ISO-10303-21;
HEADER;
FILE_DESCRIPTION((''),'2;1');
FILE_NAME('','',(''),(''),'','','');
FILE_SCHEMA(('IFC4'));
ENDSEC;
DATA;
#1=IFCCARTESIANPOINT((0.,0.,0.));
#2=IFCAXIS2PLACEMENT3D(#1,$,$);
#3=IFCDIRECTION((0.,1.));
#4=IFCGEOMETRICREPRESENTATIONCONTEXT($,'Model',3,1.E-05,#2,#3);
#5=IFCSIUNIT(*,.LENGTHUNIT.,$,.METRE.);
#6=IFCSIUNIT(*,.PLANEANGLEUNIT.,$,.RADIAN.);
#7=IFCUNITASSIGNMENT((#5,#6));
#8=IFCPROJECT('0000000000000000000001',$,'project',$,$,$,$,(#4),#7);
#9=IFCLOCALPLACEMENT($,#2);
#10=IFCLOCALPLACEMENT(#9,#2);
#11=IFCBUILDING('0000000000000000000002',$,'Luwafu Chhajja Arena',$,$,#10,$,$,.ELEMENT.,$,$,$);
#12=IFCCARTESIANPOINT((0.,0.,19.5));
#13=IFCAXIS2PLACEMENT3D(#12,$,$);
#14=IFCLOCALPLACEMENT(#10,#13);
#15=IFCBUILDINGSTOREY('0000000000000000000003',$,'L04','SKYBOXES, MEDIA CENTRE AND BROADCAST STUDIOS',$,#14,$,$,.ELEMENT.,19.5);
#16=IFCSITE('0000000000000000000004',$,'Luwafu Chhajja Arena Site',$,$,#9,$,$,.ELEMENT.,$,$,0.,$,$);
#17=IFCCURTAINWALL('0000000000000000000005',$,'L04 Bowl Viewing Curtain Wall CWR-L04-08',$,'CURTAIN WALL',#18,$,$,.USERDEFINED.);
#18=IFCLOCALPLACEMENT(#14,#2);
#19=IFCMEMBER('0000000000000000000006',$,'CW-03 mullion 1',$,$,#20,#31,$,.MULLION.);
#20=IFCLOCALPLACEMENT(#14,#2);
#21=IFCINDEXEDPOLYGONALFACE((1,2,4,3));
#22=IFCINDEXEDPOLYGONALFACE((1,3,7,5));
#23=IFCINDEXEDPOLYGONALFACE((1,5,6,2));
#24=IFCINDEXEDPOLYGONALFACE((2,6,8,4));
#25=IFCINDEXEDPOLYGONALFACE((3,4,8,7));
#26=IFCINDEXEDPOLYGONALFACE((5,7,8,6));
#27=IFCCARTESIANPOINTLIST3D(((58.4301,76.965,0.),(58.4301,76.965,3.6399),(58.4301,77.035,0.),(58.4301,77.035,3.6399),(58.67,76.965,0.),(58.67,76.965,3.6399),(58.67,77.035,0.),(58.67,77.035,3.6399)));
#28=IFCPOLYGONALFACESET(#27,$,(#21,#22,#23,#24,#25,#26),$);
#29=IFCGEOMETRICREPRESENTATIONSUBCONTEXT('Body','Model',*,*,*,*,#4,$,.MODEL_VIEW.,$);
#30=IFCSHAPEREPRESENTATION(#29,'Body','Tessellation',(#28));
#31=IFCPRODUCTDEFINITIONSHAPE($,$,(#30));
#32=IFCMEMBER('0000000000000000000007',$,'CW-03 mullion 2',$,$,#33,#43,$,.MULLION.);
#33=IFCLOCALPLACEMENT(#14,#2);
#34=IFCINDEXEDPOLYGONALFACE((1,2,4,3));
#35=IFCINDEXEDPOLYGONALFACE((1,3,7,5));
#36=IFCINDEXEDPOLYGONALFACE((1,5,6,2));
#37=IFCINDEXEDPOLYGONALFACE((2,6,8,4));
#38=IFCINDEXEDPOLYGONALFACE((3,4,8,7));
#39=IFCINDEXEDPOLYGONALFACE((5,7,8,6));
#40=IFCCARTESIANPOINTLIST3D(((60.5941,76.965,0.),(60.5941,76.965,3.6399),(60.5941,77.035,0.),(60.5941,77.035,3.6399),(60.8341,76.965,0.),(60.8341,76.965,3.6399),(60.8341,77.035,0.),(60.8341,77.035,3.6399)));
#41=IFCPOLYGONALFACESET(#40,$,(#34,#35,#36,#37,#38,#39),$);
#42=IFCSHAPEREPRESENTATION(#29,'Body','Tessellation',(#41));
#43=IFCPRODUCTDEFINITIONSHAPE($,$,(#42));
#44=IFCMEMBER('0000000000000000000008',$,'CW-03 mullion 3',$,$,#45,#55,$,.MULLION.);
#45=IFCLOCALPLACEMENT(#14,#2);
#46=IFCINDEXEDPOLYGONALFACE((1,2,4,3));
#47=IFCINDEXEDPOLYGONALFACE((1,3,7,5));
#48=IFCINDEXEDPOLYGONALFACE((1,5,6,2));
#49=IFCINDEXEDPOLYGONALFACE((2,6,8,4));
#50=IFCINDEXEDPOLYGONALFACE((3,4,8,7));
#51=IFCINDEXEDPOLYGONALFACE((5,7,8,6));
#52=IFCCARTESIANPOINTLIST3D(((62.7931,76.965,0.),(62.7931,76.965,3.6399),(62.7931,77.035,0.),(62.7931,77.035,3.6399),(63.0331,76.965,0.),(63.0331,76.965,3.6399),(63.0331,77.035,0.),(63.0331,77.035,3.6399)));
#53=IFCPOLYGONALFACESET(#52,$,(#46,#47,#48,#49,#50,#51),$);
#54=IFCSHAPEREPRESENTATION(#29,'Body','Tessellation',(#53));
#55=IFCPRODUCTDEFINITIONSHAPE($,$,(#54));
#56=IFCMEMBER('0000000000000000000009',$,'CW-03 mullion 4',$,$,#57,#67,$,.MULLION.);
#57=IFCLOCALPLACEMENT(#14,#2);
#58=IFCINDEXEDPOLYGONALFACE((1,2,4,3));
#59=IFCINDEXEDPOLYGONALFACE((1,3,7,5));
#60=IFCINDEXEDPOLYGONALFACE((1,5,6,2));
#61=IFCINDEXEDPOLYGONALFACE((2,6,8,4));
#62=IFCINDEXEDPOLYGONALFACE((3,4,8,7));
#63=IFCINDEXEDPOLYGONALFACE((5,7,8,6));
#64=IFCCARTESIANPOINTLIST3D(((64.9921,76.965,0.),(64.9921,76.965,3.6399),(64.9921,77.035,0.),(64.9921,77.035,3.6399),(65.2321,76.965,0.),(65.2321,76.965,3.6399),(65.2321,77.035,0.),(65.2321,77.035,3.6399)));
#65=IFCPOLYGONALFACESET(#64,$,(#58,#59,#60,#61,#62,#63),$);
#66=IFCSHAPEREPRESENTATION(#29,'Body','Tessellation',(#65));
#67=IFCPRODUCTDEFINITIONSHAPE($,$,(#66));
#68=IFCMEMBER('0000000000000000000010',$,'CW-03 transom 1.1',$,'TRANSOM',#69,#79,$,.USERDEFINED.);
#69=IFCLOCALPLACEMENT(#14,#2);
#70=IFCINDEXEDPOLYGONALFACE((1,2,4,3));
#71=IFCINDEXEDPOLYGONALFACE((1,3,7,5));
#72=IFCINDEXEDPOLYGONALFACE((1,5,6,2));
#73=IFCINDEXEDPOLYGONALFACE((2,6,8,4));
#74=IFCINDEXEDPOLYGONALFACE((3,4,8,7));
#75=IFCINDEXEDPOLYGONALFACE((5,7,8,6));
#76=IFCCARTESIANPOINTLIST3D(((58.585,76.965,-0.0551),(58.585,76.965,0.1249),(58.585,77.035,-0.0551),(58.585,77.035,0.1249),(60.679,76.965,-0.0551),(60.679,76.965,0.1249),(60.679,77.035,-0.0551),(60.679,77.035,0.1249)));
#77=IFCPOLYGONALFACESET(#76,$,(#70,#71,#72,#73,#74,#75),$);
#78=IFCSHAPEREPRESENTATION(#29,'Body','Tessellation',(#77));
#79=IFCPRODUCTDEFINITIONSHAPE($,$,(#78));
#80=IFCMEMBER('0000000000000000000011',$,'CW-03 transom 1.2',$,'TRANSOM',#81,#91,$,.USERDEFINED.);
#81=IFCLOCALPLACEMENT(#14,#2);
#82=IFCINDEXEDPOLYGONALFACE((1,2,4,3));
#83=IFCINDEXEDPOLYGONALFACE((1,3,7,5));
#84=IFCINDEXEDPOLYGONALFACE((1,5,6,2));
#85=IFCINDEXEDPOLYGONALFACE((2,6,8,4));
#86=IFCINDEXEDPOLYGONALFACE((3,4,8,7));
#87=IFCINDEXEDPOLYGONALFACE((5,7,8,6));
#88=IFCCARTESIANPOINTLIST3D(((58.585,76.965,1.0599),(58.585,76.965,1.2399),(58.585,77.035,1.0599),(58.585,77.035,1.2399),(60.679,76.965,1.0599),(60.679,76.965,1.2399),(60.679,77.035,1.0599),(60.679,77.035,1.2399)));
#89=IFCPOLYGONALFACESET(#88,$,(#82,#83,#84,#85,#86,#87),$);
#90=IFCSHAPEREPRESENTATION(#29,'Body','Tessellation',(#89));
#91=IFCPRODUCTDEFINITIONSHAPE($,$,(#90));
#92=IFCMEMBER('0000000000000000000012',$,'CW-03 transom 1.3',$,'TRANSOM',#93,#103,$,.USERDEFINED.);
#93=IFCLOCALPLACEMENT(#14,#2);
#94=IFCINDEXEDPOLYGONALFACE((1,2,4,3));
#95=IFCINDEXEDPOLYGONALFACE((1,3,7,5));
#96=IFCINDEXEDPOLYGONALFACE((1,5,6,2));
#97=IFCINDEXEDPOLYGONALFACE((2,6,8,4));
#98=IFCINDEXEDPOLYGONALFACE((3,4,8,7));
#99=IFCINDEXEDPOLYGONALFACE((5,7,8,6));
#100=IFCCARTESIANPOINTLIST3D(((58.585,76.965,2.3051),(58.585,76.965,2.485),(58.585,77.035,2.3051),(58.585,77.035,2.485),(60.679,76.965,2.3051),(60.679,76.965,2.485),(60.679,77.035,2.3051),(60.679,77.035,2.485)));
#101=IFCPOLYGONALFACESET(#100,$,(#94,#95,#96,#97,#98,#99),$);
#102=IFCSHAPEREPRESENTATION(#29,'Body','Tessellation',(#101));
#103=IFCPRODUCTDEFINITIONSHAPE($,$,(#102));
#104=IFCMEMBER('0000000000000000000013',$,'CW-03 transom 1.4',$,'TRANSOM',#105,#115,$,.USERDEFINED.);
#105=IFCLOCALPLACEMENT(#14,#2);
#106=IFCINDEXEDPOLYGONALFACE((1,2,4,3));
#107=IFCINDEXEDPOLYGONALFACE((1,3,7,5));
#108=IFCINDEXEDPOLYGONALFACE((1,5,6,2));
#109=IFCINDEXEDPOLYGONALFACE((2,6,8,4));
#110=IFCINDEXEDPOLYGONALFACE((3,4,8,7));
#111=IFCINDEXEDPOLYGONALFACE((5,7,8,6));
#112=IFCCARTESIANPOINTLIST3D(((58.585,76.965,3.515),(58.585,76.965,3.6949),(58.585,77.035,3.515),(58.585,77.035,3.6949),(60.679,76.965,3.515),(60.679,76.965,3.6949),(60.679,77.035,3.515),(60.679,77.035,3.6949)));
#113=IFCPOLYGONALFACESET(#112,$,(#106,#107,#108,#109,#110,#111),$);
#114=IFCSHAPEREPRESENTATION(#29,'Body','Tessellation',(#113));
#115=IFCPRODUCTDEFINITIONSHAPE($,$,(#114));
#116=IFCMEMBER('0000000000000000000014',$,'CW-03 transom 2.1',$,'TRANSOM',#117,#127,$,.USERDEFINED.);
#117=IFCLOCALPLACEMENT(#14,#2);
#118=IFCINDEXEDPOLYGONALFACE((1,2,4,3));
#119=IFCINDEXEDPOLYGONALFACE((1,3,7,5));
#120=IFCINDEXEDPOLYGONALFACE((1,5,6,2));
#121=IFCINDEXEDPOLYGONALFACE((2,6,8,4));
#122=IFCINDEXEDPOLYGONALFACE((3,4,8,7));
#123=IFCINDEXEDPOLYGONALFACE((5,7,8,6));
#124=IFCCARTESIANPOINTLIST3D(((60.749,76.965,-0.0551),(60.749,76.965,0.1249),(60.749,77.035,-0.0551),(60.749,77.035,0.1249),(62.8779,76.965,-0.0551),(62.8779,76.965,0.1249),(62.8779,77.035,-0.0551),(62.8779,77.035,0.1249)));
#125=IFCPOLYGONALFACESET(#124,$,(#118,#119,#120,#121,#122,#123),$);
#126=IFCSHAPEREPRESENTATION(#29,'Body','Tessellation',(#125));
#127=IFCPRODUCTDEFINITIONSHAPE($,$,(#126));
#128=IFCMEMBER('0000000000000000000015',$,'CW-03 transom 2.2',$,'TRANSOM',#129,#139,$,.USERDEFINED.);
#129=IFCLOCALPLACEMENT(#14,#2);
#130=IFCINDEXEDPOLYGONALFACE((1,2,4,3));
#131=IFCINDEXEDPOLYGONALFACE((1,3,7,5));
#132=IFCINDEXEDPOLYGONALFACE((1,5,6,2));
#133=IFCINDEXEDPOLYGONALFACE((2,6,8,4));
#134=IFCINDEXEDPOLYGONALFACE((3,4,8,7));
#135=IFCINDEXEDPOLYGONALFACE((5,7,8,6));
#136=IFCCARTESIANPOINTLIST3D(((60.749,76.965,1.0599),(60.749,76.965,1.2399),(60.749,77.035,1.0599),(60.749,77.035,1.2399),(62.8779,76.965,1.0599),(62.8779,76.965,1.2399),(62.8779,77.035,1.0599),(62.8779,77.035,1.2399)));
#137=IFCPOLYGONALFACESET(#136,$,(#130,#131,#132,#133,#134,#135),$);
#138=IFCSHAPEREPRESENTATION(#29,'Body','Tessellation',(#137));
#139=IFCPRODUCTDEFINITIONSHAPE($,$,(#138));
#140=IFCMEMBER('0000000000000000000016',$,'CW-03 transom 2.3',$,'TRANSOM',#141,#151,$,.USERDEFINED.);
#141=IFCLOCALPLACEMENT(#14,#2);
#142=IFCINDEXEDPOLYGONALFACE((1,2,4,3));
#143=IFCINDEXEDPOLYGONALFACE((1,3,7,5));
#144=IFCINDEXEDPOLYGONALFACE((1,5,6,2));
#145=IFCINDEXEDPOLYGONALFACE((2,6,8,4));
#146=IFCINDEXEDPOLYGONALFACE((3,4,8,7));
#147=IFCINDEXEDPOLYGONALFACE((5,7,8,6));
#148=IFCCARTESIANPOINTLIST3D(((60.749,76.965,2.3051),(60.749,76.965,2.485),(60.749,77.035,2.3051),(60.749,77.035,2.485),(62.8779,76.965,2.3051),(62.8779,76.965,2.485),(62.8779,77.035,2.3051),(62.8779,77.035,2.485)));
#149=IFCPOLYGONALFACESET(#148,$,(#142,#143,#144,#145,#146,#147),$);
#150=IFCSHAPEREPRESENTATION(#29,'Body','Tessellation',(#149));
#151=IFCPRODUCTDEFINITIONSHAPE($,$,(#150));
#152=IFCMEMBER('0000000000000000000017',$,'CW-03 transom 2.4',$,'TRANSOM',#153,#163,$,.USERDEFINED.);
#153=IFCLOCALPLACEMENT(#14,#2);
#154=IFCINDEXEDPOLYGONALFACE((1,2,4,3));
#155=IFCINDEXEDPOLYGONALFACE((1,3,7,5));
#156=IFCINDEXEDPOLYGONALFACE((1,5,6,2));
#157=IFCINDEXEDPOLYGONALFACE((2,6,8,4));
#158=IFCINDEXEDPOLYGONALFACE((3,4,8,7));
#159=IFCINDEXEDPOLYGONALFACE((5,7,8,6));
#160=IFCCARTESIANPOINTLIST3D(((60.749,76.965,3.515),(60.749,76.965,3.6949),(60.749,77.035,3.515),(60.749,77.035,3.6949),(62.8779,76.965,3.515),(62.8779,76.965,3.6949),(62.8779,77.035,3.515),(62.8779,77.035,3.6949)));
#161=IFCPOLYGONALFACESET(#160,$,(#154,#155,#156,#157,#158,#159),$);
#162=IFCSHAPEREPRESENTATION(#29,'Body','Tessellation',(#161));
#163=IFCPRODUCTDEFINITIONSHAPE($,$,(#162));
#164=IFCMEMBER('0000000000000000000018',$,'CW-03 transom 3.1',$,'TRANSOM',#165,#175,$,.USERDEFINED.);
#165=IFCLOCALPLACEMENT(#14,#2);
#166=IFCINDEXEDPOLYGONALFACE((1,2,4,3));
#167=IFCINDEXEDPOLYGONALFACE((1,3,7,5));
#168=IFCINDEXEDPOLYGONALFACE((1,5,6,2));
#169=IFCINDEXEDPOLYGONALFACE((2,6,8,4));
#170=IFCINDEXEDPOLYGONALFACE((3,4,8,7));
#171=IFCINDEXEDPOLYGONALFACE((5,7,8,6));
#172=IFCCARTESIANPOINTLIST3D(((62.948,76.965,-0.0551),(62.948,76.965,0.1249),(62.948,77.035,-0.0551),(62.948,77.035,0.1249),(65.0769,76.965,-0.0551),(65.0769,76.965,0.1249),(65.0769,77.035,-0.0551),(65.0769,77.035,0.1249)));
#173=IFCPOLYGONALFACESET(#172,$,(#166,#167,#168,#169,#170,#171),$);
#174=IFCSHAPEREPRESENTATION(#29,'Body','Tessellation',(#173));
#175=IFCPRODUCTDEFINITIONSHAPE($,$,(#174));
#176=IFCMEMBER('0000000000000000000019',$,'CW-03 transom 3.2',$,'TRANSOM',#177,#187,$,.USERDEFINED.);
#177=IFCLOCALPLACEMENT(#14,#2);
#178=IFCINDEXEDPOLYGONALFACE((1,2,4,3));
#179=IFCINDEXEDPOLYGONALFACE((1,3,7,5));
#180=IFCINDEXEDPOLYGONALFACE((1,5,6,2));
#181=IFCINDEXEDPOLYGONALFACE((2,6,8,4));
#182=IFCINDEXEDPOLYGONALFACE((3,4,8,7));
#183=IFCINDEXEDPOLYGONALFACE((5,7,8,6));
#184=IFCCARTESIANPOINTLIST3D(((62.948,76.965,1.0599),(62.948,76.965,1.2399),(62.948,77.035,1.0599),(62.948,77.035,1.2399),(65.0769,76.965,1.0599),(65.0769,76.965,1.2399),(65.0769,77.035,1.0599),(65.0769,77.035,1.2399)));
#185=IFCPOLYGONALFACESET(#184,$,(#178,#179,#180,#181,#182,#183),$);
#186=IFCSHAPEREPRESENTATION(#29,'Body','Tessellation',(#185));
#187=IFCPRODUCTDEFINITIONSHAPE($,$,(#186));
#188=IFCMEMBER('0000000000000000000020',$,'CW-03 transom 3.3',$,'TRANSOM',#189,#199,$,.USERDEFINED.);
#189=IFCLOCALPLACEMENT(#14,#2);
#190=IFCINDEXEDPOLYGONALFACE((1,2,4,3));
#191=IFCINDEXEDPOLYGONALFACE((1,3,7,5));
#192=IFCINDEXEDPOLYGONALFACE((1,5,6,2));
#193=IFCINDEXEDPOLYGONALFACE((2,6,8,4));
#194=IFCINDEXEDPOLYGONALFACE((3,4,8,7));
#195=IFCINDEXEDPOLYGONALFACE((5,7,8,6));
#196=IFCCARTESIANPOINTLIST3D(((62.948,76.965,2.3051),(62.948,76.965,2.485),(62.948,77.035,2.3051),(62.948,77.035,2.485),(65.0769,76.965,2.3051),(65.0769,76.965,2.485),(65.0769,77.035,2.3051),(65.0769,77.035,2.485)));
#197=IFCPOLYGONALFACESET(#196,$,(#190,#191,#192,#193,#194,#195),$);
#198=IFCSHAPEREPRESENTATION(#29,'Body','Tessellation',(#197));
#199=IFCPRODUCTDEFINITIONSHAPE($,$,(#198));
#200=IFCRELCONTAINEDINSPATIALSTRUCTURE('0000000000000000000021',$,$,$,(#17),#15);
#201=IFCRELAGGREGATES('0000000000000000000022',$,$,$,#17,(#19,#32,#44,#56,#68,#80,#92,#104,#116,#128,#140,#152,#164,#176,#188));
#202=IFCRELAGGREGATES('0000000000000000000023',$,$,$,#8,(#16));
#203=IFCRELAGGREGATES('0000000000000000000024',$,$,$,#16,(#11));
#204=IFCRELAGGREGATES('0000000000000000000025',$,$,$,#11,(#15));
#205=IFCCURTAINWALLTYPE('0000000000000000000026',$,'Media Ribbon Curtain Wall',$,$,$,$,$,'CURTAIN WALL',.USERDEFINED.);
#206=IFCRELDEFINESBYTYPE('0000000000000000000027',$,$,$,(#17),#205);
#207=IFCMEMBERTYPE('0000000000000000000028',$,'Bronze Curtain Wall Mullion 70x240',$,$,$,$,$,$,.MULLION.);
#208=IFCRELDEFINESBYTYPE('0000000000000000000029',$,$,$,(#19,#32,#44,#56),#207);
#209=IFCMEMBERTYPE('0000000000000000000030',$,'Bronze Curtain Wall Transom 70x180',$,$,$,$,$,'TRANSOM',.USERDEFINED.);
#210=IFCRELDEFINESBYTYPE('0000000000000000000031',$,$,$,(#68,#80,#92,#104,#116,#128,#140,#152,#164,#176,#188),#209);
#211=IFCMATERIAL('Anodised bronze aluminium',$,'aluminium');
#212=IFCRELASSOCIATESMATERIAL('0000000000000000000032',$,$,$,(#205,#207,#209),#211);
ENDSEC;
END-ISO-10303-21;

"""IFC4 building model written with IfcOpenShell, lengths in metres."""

from ifc_helpers import new_model, si_unit, direction, frame, origin, origin_2d, place, context, subcontext, project, spatial, rectangle, extrude, material, material_profile, profile_set, type_object, element, aggregate, save


model = new_model("IFC4")

# Units and contexts
model_context = context("Model", 3, precision=1e-05, world=origin(), true_north=direction((0.0, 1.0)))
body_context = subcontext(model_context, "Body", "Model", "MODEL_VIEW")
ifc_project = project(units=[si_unit("LENGTHUNIT", "METRE"), si_unit("PLANEANGLEUNIT", "RADIAN")], contexts=[model_context])

# Site, building, storey
site_placement = place(None, origin())
site = spatial("IfcSite", under=ifc_project, at=site_placement, Name="Luwafu Chhajja Arena Site", CompositionType="ELEMENT", RefElevation=0.0)
building_placement = place(site_placement, origin())
building = spatial("IfcBuilding", under=site, at=building_placement, Name="Luwafu Chhajja Arena", CompositionType="ELEMENT")
storey_placement = place(building_placement, frame((0.0, 0.0, 19.5)))
storey = spatial("IfcBuildingStorey", under=building, at=storey_placement, Name="L04", Description="SKYBOXES, MEDIA CENTRE AND BROADCAST STUDIOS", CompositionType="ELEMENT", Elevation=19.5)

# Curtain wall, members
ifc_material_1 = material(Name="Anodised bronze aluminium", Category="aluminium")
curtain_wall_type = type_object("IfcCurtainWallType", Name="Media Ribbon Curtain Wall", ElementType="CURTAIN WALL", PredefinedType="USERDEFINED", material=ifc_material_1)
curtain_wall_placement = place(storey_placement, origin())
curtain_wall = element("IfcCurtainWall", 1, at=curtain_wall_placement, inside=storey, type_object=curtain_wall_type, Name="L04 Bowl Viewing Curtain Wall CWR-L04-08", ObjectType="CURTAIN WALL", PredefinedType="USERDEFINED")
ifc_material_profile_1 = material_profile(ifc_material_1, rectangle(XDim=0.0701, YDim=0.24, at=origin_2d()), Name="CWM 70x240")
ifc_profile_set_1 = profile_set([ifc_material_profile_1], Name="Anodised bronze aluminium")
member_type_1 = type_object("IfcMemberType", Name="Bronze Curtain Wall Mullion 70x240", PredefinedType="MULLION", material=ifc_profile_set_1)
member_1_placement = place(storey_placement, frame((58.55, 77.0, 0.0), z_axis=(0.0, 0.0, 1.0), x_axis=(0.0, 1.0, 0.0)))
member_1 = element("IfcMember", 2, at=member_1_placement, type_object=member_type_1, Name="CW-03 mullion 1", PredefinedType="MULLION", context=body_context, shape_type="SweptSolid", body=[
    extrude(rectangle(XDim=0.0701, YDim=0.24, at=origin_2d()), origin(), (0.0, 0.0, 1.0), 3.6399),
])
member_2_placement = place(storey_placement, frame((60.7141, 77.0, 0.0), z_axis=(0.0, 0.0, 1.0), x_axis=(0.0, 1.0, 0.0)))
member_2 = element("IfcMember", 3, at=member_2_placement, type_object=member_type_1, Name="CW-03 mullion 2", PredefinedType="MULLION", context=body_context, shape_type="SweptSolid", body=[
    extrude(rectangle(XDim=0.0701, YDim=0.24, at=origin_2d()), origin(), (0.0, 0.0, 1.0), 3.6399),
])
member_3_placement = place(storey_placement, frame((62.9131, 77.0, 0.0), z_axis=(0.0, 0.0, 1.0), x_axis=(0.0, 1.0, 0.0)))
member_3 = element("IfcMember", 4, at=member_3_placement, type_object=member_type_1, Name="CW-03 mullion 3", PredefinedType="MULLION", context=body_context, shape_type="SweptSolid", body=[
    extrude(rectangle(XDim=0.0701, YDim=0.24, at=origin_2d()), origin(), (0.0, 0.0, 1.0), 3.6399),
])
member_4_placement = place(storey_placement, frame((65.1121, 77.0, 0.0), z_axis=(0.0, 0.0, 1.0), x_axis=(0.0, 1.0, 0.0)))
member_4 = element("IfcMember", 5, at=member_4_placement, type_object=member_type_1, Name="CW-03 mullion 4", PredefinedType="MULLION", context=body_context, shape_type="SweptSolid", body=[
    extrude(rectangle(XDim=0.0701, YDim=0.24, at=origin_2d()), origin(), (0.0, 0.0, 1.0), 3.6399),
])
ifc_material_profile_2 = material_profile(ifc_material_1, rectangle(XDim=0.0701, YDim=0.1799, at=origin_2d()), Name="CWT 70x180")
ifc_profile_set_2 = profile_set([ifc_material_profile_2], Name="Anodised bronze aluminium")
member_type_2 = type_object("IfcMemberType", Name="Bronze Curtain Wall Transom 70x180", ElementType="TRANSOM", PredefinedType="USERDEFINED", material=ifc_profile_set_2)
member_5_placement = place(storey_placement, frame((58.585, 77.0, 0.0349), z_axis=(1.0, 0.0, 0.0), x_axis=(0.0, 1.0, 0.0)))
member_5 = element("IfcMember", 6, at=member_5_placement, type_object=member_type_2, Name="CW-03 transom 1.1", ObjectType="TRANSOM", PredefinedType="USERDEFINED", context=body_context, shape_type="SweptSolid", body=[
    extrude(rectangle(XDim=0.0701, YDim=0.1799, at=origin_2d()), origin(), (0.0, 0.0, 1.0), 2.094),
])
member_6_placement = place(storey_placement, frame((58.585, 77.0, 1.1499), z_axis=(1.0, 0.0, 0.0), x_axis=(0.0, 1.0, 0.0)))
member_6 = element("IfcMember", 7, at=member_6_placement, type_object=member_type_2, Name="CW-03 transom 1.2", ObjectType="TRANSOM", PredefinedType="USERDEFINED", context=body_context, shape_type="SweptSolid", body=[
    extrude(rectangle(XDim=0.0701, YDim=0.1799, at=origin_2d()), origin(), (0.0, 0.0, 1.0), 2.094),
])
member_7_placement = place(storey_placement, frame((58.585, 77.0, 2.395), z_axis=(1.0, 0.0, 0.0), x_axis=(0.0, 1.0, 0.0)))
member_7 = element("IfcMember", 8, at=member_7_placement, type_object=member_type_2, Name="CW-03 transom 1.3", ObjectType="TRANSOM", PredefinedType="USERDEFINED", context=body_context, shape_type="SweptSolid", body=[
    extrude(rectangle(XDim=0.0701, YDim=0.1799, at=origin_2d()), origin(), (0.0, 0.0, 1.0), 2.094),
])
member_8_placement = place(storey_placement, frame((58.585, 77.0, 3.605), z_axis=(1.0, 0.0, 0.0), x_axis=(0.0, 1.0, 0.0)))
member_8 = element("IfcMember", 9, at=member_8_placement, type_object=member_type_2, Name="CW-03 transom 1.4", ObjectType="TRANSOM", PredefinedType="USERDEFINED", context=body_context, shape_type="SweptSolid", body=[
    extrude(rectangle(XDim=0.0701, YDim=0.1799, at=origin_2d()), origin(), (0.0, 0.0, 1.0), 2.094),
])
member_9_placement = place(storey_placement, frame((60.749, 77.0, 0.0349), z_axis=(1.0, 0.0, 0.0), x_axis=(0.0, 1.0, 0.0)))
member_9 = element("IfcMember", 10, at=member_9_placement, type_object=member_type_2, Name="CW-03 transom 2.1", ObjectType="TRANSOM", PredefinedType="USERDEFINED", context=body_context, shape_type="SweptSolid", body=[
    extrude(rectangle(XDim=0.0701, YDim=0.1799, at=origin_2d()), origin(), (0.0, 0.0, 1.0), 2.1289),
])
member_10_placement = place(storey_placement, frame((60.749, 77.0, 1.1499), z_axis=(1.0, 0.0, 0.0), x_axis=(0.0, 1.0, 0.0)))
member_10 = element("IfcMember", 11, at=member_10_placement, type_object=member_type_2, Name="CW-03 transom 2.2", ObjectType="TRANSOM", PredefinedType="USERDEFINED", context=body_context, shape_type="SweptSolid", body=[
    extrude(rectangle(XDim=0.0701, YDim=0.1799, at=origin_2d()), origin(), (0.0, 0.0, 1.0), 2.1289),
])
member_11_placement = place(storey_placement, frame((60.749, 77.0, 2.395), z_axis=(1.0, 0.0, 0.0), x_axis=(0.0, 1.0, 0.0)))
member_11 = element("IfcMember", 12, at=member_11_placement, type_object=member_type_2, Name="CW-03 transom 2.3", ObjectType="TRANSOM", PredefinedType="USERDEFINED", context=body_context, shape_type="SweptSolid", body=[
    extrude(rectangle(XDim=0.0701, YDim=0.1799, at=origin_2d()), origin(), (0.0, 0.0, 1.0), 2.1289),
])
member_12_placement = place(storey_placement, frame((60.749, 77.0, 3.605), z_axis=(1.0, 0.0, 0.0), x_axis=(0.0, 1.0, 0.0)))
member_12 = element("IfcMember", 13, at=member_12_placement, type_object=member_type_2, Name="CW-03 transom 2.4", ObjectType="TRANSOM", PredefinedType="USERDEFINED", context=body_context, shape_type="SweptSolid", body=[
    extrude(rectangle(XDim=0.0701, YDim=0.1799, at=origin_2d()), origin(), (0.0, 0.0, 1.0), 2.1289),
])
member_13_placement = place(storey_placement, frame((62.948, 77.0, 0.0349), z_axis=(1.0, 0.0, 0.0), x_axis=(0.0, 1.0, 0.0)))
member_13 = element("IfcMember", 14, at=member_13_placement, type_object=member_type_2, Name="CW-03 transom 3.1", ObjectType="TRANSOM", PredefinedType="USERDEFINED", context=body_context, shape_type="SweptSolid", body=[
    extrude(rectangle(XDim=0.0701, YDim=0.1799, at=origin_2d()), origin(), (0.0, 0.0, 1.0), 2.1289),
])
member_14_placement = place(storey_placement, frame((62.948, 77.0, 1.1499), z_axis=(1.0, 0.0, 0.0), x_axis=(0.0, 1.0, 0.0)))
member_14 = element("IfcMember", 15, at=member_14_placement, type_object=member_type_2, Name="CW-03 transom 3.2", ObjectType="TRANSOM", PredefinedType="USERDEFINED", context=body_context, shape_type="SweptSolid", body=[
    extrude(rectangle(XDim=0.0701, YDim=0.1799, at=origin_2d()), origin(), (0.0, 0.0, 1.0), 2.1289),
])
member_15_placement = place(storey_placement, frame((62.948, 77.0, 2.395), z_axis=(1.0, 0.0, 0.0), x_axis=(0.0, 1.0, 0.0)))
member_15 = element("IfcMember", 16, at=member_15_placement, type_object=member_type_2, Name="CW-03 transom 3.3", ObjectType="TRANSOM", PredefinedType="USERDEFINED", context=body_context, shape_type="SweptSolid", body=[
    extrude(rectangle(XDim=0.0701, YDim=0.1799, at=origin_2d()), origin(), (0.0, 0.0, 1.0), 2.1289),
])

aggregate(curtain_wall, [member_1, member_2, member_3, member_4, member_5, member_6, member_7, member_8, member_9, member_10, member_11, member_12, member_13, member_14, member_15])

save(model, "model.ifc")
